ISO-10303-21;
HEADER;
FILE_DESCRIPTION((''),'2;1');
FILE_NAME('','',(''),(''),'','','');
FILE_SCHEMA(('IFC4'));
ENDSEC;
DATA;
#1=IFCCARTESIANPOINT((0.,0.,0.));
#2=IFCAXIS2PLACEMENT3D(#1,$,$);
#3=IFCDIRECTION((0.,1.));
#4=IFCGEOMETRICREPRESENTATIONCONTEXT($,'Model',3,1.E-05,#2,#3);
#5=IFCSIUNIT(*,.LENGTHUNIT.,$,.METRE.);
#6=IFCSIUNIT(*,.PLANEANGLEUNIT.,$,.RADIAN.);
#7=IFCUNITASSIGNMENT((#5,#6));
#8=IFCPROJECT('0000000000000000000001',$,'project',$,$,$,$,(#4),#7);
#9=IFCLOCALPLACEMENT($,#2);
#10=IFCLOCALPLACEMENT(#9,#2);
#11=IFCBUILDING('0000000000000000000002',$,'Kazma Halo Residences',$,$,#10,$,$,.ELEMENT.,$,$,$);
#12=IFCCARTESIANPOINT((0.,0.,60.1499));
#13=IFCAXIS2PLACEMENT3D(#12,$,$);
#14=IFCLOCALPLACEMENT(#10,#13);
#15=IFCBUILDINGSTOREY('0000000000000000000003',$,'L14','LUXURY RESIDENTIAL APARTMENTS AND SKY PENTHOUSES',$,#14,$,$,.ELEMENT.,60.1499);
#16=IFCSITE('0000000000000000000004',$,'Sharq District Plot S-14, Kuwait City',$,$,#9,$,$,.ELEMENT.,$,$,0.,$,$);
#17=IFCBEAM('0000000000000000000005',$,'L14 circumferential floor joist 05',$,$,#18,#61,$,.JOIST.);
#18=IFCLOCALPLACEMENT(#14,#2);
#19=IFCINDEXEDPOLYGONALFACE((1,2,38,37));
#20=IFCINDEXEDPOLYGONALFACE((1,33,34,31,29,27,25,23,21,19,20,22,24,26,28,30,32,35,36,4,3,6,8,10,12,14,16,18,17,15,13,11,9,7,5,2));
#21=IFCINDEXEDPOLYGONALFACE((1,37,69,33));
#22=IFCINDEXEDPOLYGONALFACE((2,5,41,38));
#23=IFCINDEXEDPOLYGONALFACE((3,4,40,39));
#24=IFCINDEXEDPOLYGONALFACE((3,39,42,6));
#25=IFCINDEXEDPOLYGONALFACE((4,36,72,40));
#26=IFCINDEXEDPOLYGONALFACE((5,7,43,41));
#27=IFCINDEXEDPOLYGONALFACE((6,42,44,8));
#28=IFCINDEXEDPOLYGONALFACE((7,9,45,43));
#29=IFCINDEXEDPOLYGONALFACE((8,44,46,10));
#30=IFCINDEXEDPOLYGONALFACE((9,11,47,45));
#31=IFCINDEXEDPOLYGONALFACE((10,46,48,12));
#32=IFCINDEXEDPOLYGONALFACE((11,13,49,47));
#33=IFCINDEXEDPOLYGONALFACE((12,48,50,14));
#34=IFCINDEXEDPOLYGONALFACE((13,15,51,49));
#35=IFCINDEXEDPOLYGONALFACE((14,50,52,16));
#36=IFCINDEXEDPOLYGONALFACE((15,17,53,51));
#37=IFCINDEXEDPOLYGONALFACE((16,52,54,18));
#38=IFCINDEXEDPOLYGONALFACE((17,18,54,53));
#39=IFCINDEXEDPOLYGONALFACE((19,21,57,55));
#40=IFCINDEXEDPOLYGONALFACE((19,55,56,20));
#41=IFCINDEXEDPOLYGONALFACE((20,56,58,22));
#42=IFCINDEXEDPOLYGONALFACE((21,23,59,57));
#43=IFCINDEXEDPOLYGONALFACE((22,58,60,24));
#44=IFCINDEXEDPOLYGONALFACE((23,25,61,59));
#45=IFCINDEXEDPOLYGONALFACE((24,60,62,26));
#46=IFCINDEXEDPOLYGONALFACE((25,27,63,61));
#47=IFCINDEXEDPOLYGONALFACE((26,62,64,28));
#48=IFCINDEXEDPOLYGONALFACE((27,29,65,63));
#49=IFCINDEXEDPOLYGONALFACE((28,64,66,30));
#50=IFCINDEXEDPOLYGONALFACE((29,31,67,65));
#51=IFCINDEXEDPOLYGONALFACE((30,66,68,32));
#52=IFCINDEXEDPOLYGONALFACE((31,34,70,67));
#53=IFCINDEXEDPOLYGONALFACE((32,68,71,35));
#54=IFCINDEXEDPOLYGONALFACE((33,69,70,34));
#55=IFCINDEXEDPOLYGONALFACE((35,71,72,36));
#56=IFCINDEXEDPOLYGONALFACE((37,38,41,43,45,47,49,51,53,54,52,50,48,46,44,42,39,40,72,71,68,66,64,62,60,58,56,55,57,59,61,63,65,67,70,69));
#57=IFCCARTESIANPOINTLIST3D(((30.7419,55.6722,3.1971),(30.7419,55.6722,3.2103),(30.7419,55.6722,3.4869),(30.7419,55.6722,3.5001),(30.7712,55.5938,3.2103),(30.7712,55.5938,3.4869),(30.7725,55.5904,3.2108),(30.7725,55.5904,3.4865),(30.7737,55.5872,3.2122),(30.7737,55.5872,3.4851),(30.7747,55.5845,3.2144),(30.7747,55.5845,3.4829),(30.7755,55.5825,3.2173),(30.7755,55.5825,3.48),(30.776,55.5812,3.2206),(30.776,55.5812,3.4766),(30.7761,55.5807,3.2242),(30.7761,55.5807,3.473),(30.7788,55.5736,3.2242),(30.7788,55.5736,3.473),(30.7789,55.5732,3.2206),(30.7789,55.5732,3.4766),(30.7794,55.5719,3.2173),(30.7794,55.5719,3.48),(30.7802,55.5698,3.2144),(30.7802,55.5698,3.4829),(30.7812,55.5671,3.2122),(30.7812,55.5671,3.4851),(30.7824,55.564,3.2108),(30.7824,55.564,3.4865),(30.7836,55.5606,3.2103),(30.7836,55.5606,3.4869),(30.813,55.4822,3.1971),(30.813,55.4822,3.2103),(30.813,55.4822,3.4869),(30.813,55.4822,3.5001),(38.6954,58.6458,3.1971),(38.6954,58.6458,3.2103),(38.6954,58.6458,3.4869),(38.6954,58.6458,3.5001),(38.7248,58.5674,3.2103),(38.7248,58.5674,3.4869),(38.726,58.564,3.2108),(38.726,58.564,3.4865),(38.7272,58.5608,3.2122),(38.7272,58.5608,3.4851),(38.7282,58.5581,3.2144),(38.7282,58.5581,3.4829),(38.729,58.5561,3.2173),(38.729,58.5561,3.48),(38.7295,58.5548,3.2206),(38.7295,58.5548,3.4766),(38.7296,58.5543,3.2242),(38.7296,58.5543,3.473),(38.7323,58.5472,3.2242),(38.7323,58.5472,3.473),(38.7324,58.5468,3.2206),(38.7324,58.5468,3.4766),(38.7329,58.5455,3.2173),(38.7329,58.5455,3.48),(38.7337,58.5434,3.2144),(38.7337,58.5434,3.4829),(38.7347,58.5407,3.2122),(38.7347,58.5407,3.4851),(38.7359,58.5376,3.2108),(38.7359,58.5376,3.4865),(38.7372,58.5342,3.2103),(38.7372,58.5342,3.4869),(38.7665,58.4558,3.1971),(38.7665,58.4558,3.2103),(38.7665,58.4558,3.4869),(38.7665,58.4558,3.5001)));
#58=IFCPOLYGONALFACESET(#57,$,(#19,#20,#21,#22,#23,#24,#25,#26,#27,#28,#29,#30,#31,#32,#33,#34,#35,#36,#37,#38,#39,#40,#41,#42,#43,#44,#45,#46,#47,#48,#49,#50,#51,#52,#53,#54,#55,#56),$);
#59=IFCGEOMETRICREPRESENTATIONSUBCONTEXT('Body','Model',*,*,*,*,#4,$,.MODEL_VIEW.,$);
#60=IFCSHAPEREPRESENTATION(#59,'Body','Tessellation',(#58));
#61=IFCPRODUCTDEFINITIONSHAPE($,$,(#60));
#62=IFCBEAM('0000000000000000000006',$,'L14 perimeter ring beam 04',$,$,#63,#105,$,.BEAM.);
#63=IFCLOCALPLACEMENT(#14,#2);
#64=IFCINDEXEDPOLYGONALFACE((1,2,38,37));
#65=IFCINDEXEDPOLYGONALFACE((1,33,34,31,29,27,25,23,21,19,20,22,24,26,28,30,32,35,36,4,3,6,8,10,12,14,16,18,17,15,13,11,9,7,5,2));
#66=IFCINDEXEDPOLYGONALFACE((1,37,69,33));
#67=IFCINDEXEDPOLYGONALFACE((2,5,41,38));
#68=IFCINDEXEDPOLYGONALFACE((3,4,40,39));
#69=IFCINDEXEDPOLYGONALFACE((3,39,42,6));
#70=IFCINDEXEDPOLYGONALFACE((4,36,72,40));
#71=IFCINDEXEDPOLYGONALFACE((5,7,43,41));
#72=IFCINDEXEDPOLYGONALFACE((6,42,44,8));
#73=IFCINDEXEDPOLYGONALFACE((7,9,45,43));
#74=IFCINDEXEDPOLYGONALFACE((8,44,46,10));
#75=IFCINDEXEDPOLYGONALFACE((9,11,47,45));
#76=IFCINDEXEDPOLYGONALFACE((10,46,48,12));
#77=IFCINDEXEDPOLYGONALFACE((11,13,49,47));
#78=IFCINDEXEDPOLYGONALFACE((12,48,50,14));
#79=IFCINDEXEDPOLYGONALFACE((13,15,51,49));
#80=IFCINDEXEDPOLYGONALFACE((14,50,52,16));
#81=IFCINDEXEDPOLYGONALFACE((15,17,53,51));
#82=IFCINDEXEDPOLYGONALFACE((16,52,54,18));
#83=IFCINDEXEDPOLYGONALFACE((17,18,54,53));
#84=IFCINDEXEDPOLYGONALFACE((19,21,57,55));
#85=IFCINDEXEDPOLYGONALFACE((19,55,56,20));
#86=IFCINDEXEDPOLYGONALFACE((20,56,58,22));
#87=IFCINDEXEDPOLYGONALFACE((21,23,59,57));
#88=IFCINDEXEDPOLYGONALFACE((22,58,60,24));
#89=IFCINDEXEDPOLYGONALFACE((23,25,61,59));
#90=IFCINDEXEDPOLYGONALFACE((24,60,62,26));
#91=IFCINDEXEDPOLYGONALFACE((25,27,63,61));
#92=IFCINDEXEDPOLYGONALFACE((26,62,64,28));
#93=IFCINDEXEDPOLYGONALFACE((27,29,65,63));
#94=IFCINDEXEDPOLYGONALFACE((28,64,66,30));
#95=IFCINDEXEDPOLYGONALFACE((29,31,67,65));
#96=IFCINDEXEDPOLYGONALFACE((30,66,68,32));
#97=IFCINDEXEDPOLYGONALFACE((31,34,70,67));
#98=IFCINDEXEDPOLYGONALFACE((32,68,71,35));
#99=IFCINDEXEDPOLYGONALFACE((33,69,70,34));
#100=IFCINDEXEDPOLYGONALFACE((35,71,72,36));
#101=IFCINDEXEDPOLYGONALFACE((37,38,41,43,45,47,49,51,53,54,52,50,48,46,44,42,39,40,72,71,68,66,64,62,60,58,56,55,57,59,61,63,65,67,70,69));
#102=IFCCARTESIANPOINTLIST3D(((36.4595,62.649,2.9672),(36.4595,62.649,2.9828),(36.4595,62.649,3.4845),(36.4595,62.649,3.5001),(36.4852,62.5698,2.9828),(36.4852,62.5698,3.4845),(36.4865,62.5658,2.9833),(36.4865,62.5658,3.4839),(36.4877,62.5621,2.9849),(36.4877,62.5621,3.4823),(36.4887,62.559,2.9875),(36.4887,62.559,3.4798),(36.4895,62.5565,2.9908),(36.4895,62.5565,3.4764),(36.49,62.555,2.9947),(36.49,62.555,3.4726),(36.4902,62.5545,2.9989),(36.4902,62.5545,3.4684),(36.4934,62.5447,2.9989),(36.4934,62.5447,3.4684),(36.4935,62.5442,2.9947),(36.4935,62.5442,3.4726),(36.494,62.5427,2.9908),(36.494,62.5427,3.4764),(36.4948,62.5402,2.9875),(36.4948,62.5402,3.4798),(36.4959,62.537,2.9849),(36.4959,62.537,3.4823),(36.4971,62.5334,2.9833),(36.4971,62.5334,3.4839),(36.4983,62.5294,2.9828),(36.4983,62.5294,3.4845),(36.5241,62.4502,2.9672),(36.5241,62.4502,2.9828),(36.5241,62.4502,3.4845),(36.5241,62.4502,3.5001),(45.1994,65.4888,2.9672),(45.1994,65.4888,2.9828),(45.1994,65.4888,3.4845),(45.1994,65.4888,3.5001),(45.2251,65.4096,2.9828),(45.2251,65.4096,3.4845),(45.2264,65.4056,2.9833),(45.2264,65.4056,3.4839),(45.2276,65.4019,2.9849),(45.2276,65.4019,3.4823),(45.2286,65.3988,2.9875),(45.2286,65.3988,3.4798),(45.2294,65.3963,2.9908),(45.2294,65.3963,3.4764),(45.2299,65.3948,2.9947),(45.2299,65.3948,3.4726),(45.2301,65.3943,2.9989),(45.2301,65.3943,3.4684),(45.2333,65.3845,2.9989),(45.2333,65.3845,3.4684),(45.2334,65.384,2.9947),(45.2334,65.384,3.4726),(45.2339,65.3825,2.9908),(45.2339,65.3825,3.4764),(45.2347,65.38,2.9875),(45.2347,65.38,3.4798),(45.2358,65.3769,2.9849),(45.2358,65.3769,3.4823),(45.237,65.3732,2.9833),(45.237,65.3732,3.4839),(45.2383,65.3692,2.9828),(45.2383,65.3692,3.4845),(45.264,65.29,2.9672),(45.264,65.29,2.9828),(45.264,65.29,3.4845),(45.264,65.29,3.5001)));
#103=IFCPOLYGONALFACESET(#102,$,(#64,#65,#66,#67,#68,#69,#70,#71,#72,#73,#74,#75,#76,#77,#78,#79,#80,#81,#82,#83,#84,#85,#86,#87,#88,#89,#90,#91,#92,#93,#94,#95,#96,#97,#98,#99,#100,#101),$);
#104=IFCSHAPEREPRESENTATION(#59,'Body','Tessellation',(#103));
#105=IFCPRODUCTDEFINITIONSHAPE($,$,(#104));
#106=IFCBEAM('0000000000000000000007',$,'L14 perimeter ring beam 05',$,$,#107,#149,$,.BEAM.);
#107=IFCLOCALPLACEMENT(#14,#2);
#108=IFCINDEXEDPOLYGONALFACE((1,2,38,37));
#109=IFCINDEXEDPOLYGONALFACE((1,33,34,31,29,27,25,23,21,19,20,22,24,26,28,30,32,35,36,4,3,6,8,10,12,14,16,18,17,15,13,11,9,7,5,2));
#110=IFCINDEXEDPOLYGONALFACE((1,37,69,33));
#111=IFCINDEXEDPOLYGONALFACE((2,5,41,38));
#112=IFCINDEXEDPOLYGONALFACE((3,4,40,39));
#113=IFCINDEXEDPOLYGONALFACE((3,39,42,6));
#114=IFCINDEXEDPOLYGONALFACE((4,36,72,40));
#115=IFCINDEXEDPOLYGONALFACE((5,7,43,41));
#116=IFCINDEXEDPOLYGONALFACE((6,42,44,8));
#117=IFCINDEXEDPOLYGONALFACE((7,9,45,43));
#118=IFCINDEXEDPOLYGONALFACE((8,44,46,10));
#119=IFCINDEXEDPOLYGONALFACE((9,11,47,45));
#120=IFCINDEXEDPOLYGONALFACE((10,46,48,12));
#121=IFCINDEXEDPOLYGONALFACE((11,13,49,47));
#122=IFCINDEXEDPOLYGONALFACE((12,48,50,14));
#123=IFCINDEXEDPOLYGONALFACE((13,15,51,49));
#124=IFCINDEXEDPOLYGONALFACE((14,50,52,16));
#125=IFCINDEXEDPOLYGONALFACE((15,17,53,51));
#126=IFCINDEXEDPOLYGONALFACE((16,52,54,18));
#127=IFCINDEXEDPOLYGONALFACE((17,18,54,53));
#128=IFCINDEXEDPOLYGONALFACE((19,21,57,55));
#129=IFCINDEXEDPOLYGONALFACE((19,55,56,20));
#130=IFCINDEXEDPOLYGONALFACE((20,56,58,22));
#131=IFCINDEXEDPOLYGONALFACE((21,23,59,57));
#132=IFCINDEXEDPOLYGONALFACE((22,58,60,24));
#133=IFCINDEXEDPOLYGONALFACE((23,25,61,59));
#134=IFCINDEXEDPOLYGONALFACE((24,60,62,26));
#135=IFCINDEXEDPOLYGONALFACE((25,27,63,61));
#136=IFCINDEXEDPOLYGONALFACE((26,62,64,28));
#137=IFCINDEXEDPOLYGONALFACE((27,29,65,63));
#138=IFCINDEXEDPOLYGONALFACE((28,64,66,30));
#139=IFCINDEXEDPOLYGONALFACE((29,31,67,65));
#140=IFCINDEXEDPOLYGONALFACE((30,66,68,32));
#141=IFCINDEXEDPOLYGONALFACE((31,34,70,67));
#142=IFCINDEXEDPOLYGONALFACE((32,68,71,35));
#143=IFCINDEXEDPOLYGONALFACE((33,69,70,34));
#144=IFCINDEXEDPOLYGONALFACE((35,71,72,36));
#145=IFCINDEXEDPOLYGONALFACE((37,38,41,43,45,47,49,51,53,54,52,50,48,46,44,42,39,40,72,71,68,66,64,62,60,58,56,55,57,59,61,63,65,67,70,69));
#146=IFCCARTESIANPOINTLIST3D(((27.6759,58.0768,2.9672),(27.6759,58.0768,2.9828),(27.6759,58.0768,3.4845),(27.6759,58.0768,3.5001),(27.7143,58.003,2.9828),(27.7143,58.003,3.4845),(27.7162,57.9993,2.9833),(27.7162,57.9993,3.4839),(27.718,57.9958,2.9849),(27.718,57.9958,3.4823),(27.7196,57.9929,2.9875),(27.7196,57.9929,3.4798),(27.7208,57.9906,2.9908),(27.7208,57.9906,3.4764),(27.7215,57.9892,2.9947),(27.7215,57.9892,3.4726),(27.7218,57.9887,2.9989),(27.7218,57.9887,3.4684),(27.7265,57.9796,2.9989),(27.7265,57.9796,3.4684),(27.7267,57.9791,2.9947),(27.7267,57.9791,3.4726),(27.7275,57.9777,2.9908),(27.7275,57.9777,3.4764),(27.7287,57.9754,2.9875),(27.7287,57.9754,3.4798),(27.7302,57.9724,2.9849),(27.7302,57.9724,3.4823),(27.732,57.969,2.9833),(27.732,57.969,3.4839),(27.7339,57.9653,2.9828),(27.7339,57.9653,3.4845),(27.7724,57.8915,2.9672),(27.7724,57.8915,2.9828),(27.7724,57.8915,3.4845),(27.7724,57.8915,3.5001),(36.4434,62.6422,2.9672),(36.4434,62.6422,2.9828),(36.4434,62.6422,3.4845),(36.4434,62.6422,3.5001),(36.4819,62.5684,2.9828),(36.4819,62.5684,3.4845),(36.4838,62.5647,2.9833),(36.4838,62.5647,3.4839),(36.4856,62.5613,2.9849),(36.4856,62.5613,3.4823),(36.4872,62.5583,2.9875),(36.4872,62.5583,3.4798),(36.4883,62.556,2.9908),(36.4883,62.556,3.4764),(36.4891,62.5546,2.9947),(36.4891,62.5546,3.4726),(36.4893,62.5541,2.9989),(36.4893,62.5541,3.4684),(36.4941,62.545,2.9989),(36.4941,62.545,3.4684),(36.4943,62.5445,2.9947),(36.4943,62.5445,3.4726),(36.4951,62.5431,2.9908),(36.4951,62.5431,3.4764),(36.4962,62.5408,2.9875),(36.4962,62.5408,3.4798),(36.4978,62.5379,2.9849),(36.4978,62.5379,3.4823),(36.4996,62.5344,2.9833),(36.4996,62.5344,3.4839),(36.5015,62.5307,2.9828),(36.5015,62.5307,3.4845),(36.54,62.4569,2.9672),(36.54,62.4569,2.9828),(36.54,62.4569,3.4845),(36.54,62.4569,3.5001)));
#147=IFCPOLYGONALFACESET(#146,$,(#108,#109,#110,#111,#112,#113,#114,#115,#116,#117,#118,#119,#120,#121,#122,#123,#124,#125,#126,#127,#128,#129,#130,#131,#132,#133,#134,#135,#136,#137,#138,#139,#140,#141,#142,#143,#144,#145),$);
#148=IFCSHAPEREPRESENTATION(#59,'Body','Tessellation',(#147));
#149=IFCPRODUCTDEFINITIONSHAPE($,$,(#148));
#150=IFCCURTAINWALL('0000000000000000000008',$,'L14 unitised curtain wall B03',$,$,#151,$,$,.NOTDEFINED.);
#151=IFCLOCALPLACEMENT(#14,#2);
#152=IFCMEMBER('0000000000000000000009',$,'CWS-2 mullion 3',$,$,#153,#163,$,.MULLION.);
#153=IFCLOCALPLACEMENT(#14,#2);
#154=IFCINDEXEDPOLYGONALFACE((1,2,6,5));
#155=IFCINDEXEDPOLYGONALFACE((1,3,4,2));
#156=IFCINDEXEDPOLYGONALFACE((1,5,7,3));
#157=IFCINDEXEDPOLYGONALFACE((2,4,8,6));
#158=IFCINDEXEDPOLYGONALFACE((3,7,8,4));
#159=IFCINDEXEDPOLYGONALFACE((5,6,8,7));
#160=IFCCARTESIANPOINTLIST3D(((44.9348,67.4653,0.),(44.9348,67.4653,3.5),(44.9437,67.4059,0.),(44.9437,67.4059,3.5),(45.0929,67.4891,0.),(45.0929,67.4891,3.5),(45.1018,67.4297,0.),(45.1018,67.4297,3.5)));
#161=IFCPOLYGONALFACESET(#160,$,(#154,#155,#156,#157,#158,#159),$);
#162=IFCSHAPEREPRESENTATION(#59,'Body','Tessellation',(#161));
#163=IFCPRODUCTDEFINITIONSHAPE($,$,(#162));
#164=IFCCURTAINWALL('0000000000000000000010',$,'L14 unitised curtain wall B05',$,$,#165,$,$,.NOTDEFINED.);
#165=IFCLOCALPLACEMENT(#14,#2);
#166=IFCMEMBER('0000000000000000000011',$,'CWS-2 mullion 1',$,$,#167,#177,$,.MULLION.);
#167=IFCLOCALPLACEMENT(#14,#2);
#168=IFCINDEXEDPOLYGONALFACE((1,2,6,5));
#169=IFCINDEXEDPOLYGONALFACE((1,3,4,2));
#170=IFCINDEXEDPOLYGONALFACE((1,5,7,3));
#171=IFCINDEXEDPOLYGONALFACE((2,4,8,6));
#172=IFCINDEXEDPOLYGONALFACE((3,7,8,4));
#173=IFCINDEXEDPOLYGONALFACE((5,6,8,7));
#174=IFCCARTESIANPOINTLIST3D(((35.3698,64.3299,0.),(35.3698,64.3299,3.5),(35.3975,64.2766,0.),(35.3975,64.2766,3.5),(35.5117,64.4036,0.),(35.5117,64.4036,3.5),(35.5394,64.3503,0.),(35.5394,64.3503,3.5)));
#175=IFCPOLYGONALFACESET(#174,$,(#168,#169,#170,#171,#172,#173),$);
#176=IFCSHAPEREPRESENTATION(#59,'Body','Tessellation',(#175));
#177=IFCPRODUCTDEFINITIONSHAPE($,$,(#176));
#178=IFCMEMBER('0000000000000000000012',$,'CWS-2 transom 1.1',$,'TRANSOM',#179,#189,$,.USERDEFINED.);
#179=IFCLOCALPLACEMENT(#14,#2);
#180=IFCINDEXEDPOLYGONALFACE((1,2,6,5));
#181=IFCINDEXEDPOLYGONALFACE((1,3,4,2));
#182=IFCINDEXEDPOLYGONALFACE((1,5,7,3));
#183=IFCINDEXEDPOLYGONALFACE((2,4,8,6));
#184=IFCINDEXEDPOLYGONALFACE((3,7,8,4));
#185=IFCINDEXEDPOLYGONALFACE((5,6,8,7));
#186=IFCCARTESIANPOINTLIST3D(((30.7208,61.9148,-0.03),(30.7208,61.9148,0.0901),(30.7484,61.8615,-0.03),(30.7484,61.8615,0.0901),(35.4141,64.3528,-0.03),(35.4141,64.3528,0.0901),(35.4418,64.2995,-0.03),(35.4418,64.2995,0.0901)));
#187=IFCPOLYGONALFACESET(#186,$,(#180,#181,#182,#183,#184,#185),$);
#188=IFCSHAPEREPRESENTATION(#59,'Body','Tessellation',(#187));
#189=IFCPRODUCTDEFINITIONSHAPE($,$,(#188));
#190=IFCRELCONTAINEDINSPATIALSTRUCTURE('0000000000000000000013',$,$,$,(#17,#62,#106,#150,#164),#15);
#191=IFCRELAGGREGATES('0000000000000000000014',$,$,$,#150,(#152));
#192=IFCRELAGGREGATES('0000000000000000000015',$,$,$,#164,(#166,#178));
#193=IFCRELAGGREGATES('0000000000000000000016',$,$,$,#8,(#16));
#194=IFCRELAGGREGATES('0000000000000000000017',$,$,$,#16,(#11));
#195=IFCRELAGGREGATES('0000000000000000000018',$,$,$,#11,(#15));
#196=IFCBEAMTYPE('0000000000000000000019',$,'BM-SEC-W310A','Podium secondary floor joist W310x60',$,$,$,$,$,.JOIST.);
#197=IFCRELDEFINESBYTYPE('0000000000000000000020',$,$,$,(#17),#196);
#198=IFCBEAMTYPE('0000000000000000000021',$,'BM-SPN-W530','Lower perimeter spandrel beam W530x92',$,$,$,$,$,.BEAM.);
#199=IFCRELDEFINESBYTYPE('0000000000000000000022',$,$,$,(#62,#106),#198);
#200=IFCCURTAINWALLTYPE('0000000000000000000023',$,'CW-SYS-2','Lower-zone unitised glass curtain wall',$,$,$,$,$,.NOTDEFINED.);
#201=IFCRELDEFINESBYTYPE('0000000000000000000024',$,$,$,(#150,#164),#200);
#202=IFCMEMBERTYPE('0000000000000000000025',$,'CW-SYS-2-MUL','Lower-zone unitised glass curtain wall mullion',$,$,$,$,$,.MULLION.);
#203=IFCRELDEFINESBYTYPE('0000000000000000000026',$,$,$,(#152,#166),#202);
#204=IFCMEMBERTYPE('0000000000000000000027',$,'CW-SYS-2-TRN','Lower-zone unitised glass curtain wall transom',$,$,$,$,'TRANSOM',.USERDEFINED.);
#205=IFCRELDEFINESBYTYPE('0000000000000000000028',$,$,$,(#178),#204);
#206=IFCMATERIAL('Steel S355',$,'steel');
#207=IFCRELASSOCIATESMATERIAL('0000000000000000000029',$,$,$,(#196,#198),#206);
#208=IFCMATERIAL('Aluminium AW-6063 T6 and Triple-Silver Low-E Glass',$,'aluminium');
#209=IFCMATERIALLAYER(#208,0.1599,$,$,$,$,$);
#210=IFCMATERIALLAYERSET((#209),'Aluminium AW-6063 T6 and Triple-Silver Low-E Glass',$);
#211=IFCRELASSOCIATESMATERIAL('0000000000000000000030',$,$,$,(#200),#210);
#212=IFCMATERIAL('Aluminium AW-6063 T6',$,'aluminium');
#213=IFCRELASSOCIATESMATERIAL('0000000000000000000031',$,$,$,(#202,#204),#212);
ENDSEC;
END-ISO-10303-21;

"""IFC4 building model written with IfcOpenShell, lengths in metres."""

from ifc_helpers import new_model, si_unit, direction, frame, origin, origin_2d, place, context, subcontext, project, spatial, rectangle, i_section, extrude, material, layer, layer_set, material_profile, profile_set, type_object, element, aggregate, save


model = new_model("IFC4")

# Units and contexts
model_context = context("Model", 3, precision=1e-05, world=origin(), true_north=direction((0.0, 1.0)))
body_context = subcontext(model_context, "Body", "Model", "MODEL_VIEW")
ifc_project = project(units=[si_unit("LENGTHUNIT", "METRE"), si_unit("PLANEANGLEUNIT", "RADIAN")], contexts=[model_context])

# Site, building, storey
site_placement = place(None, origin())
site = spatial("IfcSite", under=ifc_project, at=site_placement, Name="Sharq District Plot S-14, Kuwait City", CompositionType="ELEMENT", RefElevation=0.0)
building_placement = place(site_placement, origin())
building = spatial("IfcBuilding", under=site, at=building_placement, Name="Kazma Halo Residences", CompositionType="ELEMENT")
storey_placement = place(building_placement, frame((0.0, 0.0, 60.1499)))
storey = spatial("IfcBuildingStorey", under=building, at=storey_placement, Name="L14", Description="LUXURY RESIDENTIAL APARTMENTS AND SKY PENTHOUSES", CompositionType="ELEMENT", Elevation=60.1499)

# Beams
ifc_material_1 = material(Name="Steel S355", Category="steel")
ifc_material_profile_1 = material_profile(ifc_material_1, i_section(OverallWidth=0.2029, OverallDepth=0.303, WebThickness=0.0076, FlangeThickness=0.0132, FilletRadius=0.0139, at=origin_2d()), Name="W310x60")
ifc_profile_set_1 = profile_set([ifc_material_profile_1], Name="Steel S355")
beam_type_1 = type_object("IfcBeamType", Name="BM-SEC-W310A", Description="Podium secondary floor joist W310x60", PredefinedType="JOIST", material=ifc_profile_set_1)
beam_1_placement = place(storey_placement, frame((38.731, 58.5508, 3.3486), z_axis=(-0.936676, -0.350197, 0.0), x_axis=(0.350197, -0.936676, 0.0)))
element("IfcBeam", 1, at=beam_1_placement, inside=storey, type_object=beam_type_1, Name="L14 circumferential floor joist 05", PredefinedType="JOIST", context=body_context, shape_type="SweptSolid", body=[
    extrude(i_section(OverallWidth=0.2029, OverallDepth=0.303, WebThickness=0.0076, FlangeThickness=0.0132, FilletRadius=0.0139, at=origin_2d()), origin(), (0.0, 0.0, 1.0), 8.4912),
])
ifc_material_profile_2 = material_profile(ifc_material_1, i_section(OverallWidth=0.209, OverallDepth=0.533, WebThickness=0.0103, FlangeThickness=0.0156, FilletRadius=0.0161, at=origin_2d()), Name="W530x92")
ifc_profile_set_2 = profile_set([ifc_material_profile_2], Name="Steel S355")
beam_type_2 = type_object("IfcBeamType", Name="BM-SPN-W530", Description="Lower perimeter spandrel beam W530x92", PredefinedType="BEAM", material=ifc_profile_set_2)
beam_2_placement = place(storey_placement, frame((45.2317, 65.3894, 3.2336), z_axis=(-0.951055, -0.309022, 0.0), x_axis=(0.309022, -0.951055, 0.0)))
element("IfcBeam", 2, at=beam_2_placement, inside=storey, type_object=beam_type_2, Name="L14 perimeter ring beam 04", PredefinedType="BEAM", context=body_context, shape_type="SweptSolid", body=[
    extrude(i_section(OverallWidth=0.209, OverallDepth=0.533, WebThickness=0.0103, FlangeThickness=0.0156, FilletRadius=0.0161, at=origin_2d()), origin(), (0.0, 0.0, 1.0), 9.1897),
])
beam_3_placement = place(storey_placement, frame((36.4917, 62.5496, 3.2336), z_axis=(-0.886956, -0.461853, 0.0), x_axis=(0.461853, -0.886956, 0.0)))
element("IfcBeam", 3, at=beam_3_placement, inside=storey, type_object=beam_type_2, Name="L14 perimeter ring beam 05", PredefinedType="BEAM", context=body_context, shape_type="SweptSolid", body=[
    extrude(i_section(OverallWidth=0.209, OverallDepth=0.533, WebThickness=0.0103, FlangeThickness=0.0156, FilletRadius=0.0161, at=origin_2d()), origin(), (0.0, 0.0, 1.0), 9.885),
])

# Curtain wall, member
ifc_material_2 = material(Name="Aluminium AW-6063 T6 and Triple-Silver Low-E Glass", Category="aluminium")
ifc_layer_1 = layer(ifc_material_2, 0.1599)
ifc_layer_set_1 = layer_set([ifc_layer_1], Name="Aluminium AW-6063 T6 and Triple-Silver Low-E Glass")
curtain_wall_type = type_object("IfcCurtainWallType", Name="CW-SYS-2", Description="Lower-zone unitised glass curtain wall", PredefinedType="NOTDEFINED", material=ifc_layer_set_1)
curtain_wall_1_placement = place(storey_placement, origin())
curtain_wall_1 = element("IfcCurtainWall", 4, at=curtain_wall_1_placement, inside=storey, type_object=curtain_wall_type, Name="L14 unitised curtain wall B03", PredefinedType="NOTDEFINED")
ifc_material_3 = material(Name="Aluminium AW-6063 T6", Category="aluminium")
ifc_material_profile_3 = material_profile(ifc_material_3, rectangle(XDim=0.0601, YDim=0.1599, at=origin_2d()), Name="CWM-60x160")
ifc_profile_set_3 = profile_set([ifc_material_profile_3], Name="Aluminium AW-6063 T6")
member_type_1 = type_object("IfcMemberType", Name="CW-SYS-2-MUL", Description="Lower-zone unitised glass curtain wall mullion", PredefinedType="MULLION", material=ifc_profile_set_3)
member_1_placement = place(storey_placement, frame((45.0183, 67.4475, 0.0), z_axis=(0.0, 0.0, 1.0), x_axis=(0.148657, -0.988889, 0.0)))
member_1 = element("IfcMember", 5, at=member_1_placement, type_object=member_type_1, Name="CWS-2 mullion 3", PredefinedType="MULLION", context=body_context, shape_type="SweptSolid", body=[
    extrude(rectangle(XDim=0.0601, YDim=0.1599, at=origin_2d()), origin(), (0.0, 0.0, 1.0), 3.5),
])
aggregate(curtain_wall_1, [member_1])

# Curtain wall, members
curtain_wall_2_placement = place(storey_placement, origin())
curtain_wall_2 = element("IfcCurtainWall", 6, at=curtain_wall_2_placement, inside=storey, type_object=curtain_wall_type, Name="L14 unitised curtain wall B05", PredefinedType="NOTDEFINED")
member_2_placement = place(storey_placement, frame((35.4546, 64.3401, 0.0), z_axis=(0.0, 0.0, 1.0), x_axis=(0.460996, -0.887402, 0.0)))
member_2 = element("IfcMember", 7, at=member_2_placement, type_object=member_type_1, Name="CWS-2 mullion 1", PredefinedType="MULLION", context=body_context, shape_type="SweptSolid", body=[
    extrude(rectangle(XDim=0.0601, YDim=0.1599, at=origin_2d()), origin(), (0.0, 0.0, 1.0), 3.5),
])
ifc_material_profile_4 = material_profile(ifc_material_3, rectangle(XDim=0.0601, YDim=0.1201, at=origin_2d()), Name="CWT-60x120")
ifc_profile_set_4 = profile_set([ifc_material_profile_4], Name="Aluminium AW-6063 T6")
member_type_2 = type_object("IfcMemberType", Name="CW-SYS-2-TRN", Description="Lower-zone unitised glass curtain wall transom", ElementType="TRANSOM", PredefinedType="USERDEFINED", material=ifc_profile_set_4)
member_3_placement = place(storey_placement, frame((35.428, 64.3262, 0.03), z_axis=(-0.887415, -0.460972, 0.0), x_axis=(0.460972, -0.887415, 0.0)))
member_3 = element("IfcMember", 8, at=member_3_placement, type_object=member_type_2, Name="CWS-2 transom 1.1", ObjectType="TRANSOM", PredefinedType="USERDEFINED", context=body_context, shape_type="SweptSolid", body=[
    extrude(rectangle(XDim=0.0601, YDim=0.1201, at=origin_2d()), origin(), (0.0, 0.0, 1.0), 5.2888),
])
aggregate(curtain_wall_2, [member_2, member_3])

save(model, "model.ifc")
